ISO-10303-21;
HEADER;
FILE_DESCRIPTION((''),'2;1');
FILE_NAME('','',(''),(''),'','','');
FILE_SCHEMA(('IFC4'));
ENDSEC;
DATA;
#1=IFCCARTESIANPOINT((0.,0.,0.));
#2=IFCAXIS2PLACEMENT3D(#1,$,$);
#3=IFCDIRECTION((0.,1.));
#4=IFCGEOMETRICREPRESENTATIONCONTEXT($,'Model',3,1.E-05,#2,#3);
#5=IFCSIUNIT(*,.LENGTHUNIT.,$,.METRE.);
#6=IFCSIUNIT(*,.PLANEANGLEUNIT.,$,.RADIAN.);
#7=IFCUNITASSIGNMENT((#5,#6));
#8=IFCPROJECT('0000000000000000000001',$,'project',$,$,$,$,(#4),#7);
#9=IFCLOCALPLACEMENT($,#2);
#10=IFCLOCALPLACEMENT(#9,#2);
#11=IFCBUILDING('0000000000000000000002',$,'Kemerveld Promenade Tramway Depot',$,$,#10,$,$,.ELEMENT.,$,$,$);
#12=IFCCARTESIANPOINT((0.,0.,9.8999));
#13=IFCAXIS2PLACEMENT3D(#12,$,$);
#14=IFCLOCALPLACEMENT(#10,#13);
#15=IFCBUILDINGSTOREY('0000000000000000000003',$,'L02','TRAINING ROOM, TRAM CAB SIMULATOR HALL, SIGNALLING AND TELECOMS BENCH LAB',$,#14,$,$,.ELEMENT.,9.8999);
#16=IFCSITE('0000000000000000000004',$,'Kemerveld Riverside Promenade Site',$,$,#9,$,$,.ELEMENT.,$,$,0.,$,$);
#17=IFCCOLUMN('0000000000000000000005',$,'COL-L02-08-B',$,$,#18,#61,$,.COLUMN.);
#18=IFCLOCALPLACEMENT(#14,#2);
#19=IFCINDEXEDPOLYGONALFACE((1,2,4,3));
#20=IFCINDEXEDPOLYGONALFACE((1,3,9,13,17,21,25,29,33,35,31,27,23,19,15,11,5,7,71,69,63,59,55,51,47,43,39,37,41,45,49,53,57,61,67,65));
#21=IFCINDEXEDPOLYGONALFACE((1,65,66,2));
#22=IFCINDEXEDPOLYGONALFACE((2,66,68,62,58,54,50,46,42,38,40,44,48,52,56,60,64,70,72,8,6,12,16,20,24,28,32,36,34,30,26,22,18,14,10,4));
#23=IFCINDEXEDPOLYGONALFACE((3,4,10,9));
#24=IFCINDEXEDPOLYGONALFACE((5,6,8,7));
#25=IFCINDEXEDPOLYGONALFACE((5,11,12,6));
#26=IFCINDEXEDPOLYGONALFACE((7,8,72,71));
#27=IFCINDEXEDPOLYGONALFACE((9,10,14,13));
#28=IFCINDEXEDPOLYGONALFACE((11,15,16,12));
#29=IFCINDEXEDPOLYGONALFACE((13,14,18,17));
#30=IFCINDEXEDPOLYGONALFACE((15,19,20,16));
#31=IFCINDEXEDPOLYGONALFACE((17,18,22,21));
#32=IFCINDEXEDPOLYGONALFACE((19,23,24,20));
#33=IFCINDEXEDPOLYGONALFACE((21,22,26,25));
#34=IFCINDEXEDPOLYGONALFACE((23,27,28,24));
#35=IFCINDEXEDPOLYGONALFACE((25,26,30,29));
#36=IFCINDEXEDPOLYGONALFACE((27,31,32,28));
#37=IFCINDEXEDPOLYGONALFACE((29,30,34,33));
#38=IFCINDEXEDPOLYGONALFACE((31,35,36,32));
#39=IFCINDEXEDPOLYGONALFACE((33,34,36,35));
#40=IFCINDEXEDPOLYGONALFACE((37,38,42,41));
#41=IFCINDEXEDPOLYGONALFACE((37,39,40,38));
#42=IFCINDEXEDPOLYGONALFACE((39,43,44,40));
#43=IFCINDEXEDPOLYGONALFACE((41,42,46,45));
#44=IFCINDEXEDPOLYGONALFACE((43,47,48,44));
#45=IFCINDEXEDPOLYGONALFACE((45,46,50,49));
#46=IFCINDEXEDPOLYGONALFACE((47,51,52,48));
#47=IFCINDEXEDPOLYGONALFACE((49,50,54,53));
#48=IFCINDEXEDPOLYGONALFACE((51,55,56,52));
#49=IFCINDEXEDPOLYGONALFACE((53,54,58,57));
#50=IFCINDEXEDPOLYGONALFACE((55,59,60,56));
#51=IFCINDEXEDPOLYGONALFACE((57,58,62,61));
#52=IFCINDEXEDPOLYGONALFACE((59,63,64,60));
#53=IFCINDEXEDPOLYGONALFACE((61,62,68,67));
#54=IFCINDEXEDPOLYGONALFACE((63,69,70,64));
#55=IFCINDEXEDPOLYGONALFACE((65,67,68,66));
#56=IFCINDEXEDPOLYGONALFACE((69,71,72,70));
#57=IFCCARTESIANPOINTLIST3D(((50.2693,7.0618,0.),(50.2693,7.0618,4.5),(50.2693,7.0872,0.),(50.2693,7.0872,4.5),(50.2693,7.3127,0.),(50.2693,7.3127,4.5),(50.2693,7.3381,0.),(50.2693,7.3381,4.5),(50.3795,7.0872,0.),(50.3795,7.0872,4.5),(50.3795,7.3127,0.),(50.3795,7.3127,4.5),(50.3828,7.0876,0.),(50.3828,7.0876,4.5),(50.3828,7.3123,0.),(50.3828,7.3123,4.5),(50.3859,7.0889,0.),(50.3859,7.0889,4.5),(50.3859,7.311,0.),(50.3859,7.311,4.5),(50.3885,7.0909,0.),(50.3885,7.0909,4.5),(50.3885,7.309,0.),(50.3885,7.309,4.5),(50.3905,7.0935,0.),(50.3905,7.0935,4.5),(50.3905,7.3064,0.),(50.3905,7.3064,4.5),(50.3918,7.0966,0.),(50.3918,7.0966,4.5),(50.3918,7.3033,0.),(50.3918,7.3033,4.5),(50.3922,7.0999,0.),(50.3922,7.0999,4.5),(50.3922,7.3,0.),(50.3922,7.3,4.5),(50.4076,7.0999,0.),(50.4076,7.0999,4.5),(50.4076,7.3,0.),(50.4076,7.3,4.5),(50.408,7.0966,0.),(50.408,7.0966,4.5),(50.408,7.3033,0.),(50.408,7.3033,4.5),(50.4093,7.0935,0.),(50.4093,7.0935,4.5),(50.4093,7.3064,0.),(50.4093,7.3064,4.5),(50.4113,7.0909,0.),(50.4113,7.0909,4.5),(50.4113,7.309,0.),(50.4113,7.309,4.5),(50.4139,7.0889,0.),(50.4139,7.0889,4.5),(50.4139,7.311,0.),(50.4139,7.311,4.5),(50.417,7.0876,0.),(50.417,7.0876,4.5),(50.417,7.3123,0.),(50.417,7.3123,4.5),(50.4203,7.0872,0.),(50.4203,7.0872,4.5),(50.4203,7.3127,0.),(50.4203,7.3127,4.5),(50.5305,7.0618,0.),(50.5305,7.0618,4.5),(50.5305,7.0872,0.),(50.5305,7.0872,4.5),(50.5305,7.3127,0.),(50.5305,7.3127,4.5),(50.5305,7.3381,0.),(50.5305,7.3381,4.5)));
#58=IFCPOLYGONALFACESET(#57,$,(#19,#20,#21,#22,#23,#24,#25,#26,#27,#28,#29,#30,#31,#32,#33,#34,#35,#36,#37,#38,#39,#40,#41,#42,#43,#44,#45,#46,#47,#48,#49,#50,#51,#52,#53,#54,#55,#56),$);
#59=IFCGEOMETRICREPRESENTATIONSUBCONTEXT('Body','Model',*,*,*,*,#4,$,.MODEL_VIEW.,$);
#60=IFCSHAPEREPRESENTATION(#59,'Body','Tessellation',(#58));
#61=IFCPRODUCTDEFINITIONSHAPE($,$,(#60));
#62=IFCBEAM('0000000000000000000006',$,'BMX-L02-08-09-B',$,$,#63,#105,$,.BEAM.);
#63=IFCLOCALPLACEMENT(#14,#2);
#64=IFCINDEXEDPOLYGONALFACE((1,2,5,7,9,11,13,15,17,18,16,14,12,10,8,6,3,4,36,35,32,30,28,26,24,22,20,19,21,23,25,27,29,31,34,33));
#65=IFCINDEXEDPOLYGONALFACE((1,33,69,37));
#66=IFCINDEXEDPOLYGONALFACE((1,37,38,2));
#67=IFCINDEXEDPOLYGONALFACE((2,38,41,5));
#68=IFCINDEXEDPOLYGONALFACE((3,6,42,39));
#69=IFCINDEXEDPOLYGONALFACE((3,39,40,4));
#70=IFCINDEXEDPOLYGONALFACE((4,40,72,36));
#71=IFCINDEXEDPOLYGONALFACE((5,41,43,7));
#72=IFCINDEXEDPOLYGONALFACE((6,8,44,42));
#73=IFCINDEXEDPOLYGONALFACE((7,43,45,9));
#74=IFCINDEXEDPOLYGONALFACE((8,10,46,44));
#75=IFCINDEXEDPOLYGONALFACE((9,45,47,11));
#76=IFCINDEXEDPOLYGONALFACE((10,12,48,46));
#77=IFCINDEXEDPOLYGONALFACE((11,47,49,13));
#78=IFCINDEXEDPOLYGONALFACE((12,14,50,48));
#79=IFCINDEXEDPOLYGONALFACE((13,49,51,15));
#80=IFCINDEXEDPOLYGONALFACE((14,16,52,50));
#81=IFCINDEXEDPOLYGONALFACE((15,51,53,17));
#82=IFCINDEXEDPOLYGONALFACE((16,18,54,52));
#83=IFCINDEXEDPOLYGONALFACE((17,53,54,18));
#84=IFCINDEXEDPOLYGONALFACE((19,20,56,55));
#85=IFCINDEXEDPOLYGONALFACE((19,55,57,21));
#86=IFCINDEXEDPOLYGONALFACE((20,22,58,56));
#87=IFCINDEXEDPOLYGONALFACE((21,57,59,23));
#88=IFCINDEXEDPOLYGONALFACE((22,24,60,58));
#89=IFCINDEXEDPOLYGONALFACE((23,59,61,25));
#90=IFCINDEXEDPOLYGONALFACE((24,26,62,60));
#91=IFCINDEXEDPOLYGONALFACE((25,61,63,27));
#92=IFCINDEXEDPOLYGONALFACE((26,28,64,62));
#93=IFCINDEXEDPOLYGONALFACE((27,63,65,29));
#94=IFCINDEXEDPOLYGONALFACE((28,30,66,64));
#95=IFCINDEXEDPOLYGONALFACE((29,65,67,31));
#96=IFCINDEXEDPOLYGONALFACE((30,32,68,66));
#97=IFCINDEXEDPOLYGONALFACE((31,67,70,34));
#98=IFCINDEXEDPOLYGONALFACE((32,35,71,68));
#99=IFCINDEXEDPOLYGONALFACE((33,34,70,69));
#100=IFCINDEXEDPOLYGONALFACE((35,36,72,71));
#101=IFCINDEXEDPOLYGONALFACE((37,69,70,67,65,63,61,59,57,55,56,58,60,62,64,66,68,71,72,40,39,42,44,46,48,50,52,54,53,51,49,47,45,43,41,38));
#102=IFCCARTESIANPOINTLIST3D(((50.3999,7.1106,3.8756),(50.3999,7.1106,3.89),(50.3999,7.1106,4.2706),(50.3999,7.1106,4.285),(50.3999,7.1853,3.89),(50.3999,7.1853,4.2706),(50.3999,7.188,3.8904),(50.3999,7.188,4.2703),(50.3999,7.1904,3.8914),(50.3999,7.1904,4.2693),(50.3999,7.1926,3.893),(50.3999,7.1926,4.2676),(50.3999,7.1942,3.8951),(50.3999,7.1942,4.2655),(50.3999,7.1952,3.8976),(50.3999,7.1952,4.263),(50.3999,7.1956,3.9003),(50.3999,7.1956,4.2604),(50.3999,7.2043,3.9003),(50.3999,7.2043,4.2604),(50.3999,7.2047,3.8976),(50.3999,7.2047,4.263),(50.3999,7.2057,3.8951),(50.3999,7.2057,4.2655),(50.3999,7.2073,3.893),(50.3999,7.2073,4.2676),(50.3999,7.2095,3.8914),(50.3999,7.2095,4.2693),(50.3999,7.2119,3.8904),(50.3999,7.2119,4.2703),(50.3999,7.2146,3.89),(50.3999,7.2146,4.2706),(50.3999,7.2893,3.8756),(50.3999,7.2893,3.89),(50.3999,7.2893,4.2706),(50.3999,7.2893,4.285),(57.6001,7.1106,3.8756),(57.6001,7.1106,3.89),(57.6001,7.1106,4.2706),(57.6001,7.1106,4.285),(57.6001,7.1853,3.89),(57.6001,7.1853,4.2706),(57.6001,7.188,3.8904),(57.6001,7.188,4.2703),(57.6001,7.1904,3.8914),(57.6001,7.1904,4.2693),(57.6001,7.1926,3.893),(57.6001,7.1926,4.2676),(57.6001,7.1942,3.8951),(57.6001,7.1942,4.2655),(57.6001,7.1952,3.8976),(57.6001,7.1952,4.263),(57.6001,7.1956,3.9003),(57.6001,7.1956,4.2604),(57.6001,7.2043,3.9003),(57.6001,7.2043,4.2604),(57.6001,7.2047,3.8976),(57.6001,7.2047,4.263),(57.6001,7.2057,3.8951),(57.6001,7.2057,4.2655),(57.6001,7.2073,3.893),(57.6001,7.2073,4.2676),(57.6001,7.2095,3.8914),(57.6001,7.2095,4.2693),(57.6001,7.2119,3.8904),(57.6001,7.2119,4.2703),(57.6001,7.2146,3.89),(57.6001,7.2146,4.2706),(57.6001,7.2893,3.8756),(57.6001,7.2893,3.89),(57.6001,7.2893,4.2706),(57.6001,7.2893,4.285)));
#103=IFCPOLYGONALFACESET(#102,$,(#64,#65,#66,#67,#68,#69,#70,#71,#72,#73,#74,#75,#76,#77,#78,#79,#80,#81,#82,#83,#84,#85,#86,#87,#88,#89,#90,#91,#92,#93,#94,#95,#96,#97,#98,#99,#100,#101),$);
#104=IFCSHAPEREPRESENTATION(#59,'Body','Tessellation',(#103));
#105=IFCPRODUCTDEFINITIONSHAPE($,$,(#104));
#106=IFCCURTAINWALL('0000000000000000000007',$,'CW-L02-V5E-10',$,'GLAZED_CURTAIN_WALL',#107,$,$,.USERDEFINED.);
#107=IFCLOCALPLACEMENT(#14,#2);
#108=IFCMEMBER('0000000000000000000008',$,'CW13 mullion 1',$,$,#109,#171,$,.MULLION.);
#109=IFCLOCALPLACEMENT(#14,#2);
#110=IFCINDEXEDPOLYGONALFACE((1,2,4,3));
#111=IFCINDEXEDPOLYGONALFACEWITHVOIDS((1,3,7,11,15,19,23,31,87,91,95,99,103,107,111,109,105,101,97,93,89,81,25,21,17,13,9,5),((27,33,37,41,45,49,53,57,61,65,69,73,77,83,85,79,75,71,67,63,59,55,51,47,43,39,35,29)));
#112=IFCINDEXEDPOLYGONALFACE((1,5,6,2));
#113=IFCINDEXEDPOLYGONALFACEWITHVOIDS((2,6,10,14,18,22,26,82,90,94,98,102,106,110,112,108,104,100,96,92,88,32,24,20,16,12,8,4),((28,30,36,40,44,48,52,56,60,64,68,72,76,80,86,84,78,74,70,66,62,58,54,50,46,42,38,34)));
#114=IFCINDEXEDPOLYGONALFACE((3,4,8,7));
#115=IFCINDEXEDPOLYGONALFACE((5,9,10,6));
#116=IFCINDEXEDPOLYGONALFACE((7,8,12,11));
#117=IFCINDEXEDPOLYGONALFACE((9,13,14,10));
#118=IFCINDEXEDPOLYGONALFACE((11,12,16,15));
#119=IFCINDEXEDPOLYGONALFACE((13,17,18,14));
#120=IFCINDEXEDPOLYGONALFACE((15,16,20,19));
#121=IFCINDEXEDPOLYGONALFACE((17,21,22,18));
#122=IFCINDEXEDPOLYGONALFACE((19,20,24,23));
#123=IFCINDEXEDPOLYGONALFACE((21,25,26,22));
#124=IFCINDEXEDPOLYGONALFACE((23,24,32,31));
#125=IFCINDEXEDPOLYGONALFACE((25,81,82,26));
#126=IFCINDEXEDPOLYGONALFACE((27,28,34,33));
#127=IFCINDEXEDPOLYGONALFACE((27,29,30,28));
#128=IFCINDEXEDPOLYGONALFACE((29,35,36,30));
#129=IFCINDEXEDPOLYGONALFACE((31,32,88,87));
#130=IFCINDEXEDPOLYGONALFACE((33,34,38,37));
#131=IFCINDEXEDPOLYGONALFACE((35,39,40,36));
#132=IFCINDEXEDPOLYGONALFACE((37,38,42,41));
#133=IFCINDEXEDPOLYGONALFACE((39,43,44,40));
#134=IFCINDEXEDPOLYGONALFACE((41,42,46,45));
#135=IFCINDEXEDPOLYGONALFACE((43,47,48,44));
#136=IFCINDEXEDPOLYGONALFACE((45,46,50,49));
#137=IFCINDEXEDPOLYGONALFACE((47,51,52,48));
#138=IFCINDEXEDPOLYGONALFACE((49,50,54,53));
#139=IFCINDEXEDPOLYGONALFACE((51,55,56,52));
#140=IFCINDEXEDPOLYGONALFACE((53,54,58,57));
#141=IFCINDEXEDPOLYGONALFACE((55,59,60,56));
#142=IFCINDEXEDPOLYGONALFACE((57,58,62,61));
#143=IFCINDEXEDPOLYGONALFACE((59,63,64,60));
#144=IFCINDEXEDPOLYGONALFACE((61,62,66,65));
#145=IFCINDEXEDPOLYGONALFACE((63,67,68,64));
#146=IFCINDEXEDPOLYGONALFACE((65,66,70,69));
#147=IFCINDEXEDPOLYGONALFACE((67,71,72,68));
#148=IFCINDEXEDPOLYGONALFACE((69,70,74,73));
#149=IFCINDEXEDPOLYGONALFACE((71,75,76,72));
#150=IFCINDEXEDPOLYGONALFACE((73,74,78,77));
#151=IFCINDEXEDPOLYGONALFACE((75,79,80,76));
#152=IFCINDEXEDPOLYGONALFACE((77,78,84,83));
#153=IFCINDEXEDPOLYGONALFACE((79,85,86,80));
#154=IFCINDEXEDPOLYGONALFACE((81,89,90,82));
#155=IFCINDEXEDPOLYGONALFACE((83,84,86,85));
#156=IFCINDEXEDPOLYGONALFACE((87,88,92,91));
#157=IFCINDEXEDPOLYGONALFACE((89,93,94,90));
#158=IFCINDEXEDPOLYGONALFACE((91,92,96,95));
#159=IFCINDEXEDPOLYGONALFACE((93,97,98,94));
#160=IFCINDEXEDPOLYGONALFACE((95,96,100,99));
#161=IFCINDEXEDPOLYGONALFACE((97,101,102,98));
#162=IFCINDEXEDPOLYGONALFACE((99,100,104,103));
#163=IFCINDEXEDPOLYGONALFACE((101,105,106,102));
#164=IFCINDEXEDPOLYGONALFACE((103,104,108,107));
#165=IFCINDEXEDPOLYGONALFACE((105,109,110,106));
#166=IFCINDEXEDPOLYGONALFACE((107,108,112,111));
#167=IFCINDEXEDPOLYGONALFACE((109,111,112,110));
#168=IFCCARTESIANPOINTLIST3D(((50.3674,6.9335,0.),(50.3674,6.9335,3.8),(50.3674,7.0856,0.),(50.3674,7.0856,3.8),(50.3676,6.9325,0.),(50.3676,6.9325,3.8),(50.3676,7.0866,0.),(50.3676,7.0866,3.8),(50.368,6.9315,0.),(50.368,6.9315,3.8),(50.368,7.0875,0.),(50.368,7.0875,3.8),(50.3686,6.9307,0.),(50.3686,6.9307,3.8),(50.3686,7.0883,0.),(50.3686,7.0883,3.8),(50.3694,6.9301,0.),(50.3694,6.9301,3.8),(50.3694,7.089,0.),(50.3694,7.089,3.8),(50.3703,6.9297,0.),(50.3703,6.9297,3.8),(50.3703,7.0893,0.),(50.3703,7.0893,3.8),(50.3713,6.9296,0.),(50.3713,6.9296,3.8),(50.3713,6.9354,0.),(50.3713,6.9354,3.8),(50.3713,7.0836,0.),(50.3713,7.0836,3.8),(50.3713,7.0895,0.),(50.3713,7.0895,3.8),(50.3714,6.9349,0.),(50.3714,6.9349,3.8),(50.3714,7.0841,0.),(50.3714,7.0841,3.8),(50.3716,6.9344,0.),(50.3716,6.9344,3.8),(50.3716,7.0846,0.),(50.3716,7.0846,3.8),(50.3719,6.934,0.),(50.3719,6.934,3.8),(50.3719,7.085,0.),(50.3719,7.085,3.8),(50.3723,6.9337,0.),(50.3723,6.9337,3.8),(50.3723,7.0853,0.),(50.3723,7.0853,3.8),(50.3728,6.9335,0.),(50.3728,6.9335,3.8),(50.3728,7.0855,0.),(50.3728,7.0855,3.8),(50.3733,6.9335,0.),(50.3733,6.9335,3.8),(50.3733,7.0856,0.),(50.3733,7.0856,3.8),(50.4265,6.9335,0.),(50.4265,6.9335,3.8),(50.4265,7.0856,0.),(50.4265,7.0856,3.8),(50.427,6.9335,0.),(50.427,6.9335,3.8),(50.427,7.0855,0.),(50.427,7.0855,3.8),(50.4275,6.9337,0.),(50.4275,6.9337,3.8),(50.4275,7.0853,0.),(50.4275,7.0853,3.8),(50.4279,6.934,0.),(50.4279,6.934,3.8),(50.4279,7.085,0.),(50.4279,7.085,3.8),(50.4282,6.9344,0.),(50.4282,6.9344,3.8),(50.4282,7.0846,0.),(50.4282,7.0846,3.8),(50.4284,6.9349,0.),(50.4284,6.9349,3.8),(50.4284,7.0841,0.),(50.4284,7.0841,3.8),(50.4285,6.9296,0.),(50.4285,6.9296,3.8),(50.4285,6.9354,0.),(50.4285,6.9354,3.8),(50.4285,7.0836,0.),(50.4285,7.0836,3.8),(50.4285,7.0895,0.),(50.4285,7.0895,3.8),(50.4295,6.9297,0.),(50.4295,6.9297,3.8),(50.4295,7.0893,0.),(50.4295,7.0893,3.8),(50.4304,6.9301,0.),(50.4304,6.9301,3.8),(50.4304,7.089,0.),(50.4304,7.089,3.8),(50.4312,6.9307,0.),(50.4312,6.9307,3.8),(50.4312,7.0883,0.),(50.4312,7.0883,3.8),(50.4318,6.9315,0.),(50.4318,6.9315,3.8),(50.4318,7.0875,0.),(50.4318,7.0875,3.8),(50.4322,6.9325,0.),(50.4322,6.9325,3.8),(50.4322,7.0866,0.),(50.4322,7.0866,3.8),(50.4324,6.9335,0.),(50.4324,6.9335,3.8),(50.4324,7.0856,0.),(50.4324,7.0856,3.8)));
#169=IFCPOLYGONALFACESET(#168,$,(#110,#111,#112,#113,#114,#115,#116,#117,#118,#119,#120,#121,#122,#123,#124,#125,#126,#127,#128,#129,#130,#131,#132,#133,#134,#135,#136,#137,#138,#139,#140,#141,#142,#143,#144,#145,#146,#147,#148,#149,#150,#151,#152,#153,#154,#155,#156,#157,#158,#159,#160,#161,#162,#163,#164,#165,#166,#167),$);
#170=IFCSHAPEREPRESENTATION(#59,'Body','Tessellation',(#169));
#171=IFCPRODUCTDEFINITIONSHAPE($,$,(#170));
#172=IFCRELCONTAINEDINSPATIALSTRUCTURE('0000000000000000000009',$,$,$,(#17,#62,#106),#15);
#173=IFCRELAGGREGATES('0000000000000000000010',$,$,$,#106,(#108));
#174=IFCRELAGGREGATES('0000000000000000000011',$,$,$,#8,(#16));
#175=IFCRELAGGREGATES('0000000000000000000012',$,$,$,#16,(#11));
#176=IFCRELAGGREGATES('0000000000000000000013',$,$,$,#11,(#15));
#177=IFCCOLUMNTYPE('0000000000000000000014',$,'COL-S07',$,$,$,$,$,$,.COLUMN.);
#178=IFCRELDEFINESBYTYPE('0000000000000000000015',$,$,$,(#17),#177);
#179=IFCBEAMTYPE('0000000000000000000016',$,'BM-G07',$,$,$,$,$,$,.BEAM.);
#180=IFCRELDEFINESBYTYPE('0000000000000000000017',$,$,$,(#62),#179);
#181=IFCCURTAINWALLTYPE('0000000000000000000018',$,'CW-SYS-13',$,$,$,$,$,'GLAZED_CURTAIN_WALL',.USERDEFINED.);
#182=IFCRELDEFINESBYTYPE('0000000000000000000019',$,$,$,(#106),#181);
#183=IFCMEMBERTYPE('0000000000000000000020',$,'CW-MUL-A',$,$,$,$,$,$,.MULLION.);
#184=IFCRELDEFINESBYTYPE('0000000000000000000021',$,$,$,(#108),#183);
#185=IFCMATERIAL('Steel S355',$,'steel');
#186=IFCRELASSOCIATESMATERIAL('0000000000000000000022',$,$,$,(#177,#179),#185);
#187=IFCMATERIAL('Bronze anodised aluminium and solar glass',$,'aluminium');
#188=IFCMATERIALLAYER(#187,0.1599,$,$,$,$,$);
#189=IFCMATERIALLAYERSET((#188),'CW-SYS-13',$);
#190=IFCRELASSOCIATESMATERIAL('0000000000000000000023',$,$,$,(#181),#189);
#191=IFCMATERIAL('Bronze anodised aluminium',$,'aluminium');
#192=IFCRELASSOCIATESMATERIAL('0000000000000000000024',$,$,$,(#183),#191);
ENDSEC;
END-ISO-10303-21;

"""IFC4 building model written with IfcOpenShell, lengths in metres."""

from ifc_helpers import new_model, si_unit, direction, frame, origin, origin_2d, place, context, subcontext, project, spatial, hollow_rectangle, i_section, extrude, material, layer, layer_set, material_profile, profile_set, type_object, element, aggregate, save


model = new_model("IFC4")

# Units and contexts
model_context = context("Model", 3, precision=1e-05, world=origin(), true_north=direction((0.0, 1.0)))
body_context = subcontext(model_context, "Body", "Model", "MODEL_VIEW")
ifc_project = project(units=[si_unit("LENGTHUNIT", "METRE"), si_unit("PLANEANGLEUNIT", "RADIAN")], contexts=[model_context])

# Site, building, storey
site_placement = place(None, origin())
site = spatial("IfcSite", under=ifc_project, at=site_placement, Name="Kemerveld Riverside Promenade Site", CompositionType="ELEMENT", RefElevation=0.0)
building_placement = place(site_placement, origin())
building = spatial("IfcBuilding", under=site, at=building_placement, Name="Kemerveld Promenade Tramway Depot", CompositionType="ELEMENT")
storey_placement = place(building_placement, frame((0.0, 0.0, 9.8999)))
storey = spatial("IfcBuildingStorey", under=building, at=storey_placement, Name="L02", Description="TRAINING ROOM, TRAM CAB SIMULATOR HALL, SIGNALLING AND TELECOMS BENCH LAB", CompositionType="ELEMENT", Elevation=9.8999)

# Column
ifc_material_1 = material(Name="Steel S355", Category="steel")
ifc_material_profile_1 = material_profile(ifc_material_1, i_section(OverallWidth=0.2612, OverallDepth=0.2764, WebThickness=0.0154, FlangeThickness=0.0254, FilletRadius=0.0127, at=origin_2d()), Name="254x254x132 UC")
ifc_profile_set_1 = profile_set([ifc_material_profile_1], Name="Steel S355")
column_type = type_object("IfcColumnType", Name="COL-S07", PredefinedType="COLUMN", material=ifc_profile_set_1)
column_placement = place(storey_placement, frame((50.3999, 7.2, 0.0), z_axis=(0.0, 0.0, 1.0), x_axis=(1.0, 0.0, 0.0)))
element("IfcColumn", 1, at=column_placement, inside=storey, type_object=column_type, Name="COL-L02-08-B", PredefinedType="COLUMN", context=body_context, shape_type="SweptSolid", body=[
    extrude(i_section(OverallWidth=0.2612, OverallDepth=0.2764, WebThickness=0.0154, FlangeThickness=0.0254, FilletRadius=0.0127, at=origin_2d()), origin(), (0.0, 0.0, 1.0), 4.5),
])

# Beam
ifc_material_profile_2 = material_profile(ifc_material_1, i_section(OverallWidth=0.1787, OverallDepth=0.4094, WebThickness=0.0088, FlangeThickness=0.0144, FilletRadius=0.0103, at=origin_2d()), Name="406x178x67 UB")
ifc_profile_set_2 = profile_set([ifc_material_profile_2], Name="Steel S355")
beam_type = type_object("IfcBeamType", Name="BM-G07", PredefinedType="BEAM", material=ifc_profile_set_2)
beam_placement = place(storey_placement, frame((50.3999, 7.2, 4.0803), z_axis=(1.0, 0.0, 0.0), x_axis=(0.0, 1.0, 0.0)))
element("IfcBeam", 2, at=beam_placement, inside=storey, type_object=beam_type, Name="BMX-L02-08-09-B", PredefinedType="BEAM", context=body_context, shape_type="SweptSolid", body=[
    extrude(i_section(OverallWidth=0.1787, OverallDepth=0.4094, WebThickness=0.0088, FlangeThickness=0.0144, FilletRadius=0.0103, at=origin_2d()), origin(), (0.0, 0.0, 1.0), 7.2002),
])

# Curtain wall, member
ifc_material_2 = material(Name="Bronze anodised aluminium and solar glass", Category="aluminium")
ifc_layer_1 = layer(ifc_material_2, 0.1599)
ifc_layer_set_1 = layer_set([ifc_layer_1], Name="CW-SYS-13")
curtain_wall_type = type_object("IfcCurtainWallType", Name="CW-SYS-13", ElementType="GLAZED_CURTAIN_WALL", PredefinedType="USERDEFINED", material=ifc_layer_set_1)
curtain_wall_placement = place(storey_placement, origin())
curtain_wall = element("IfcCurtainWall", 3, at=curtain_wall_placement, inside=storey, type_object=curtain_wall_type, Name="CW-L02-V5E-10", ObjectType="GLAZED_CURTAIN_WALL", PredefinedType="USERDEFINED")
ifc_material_3 = material(Name="Bronze anodised aluminium", Category="aluminium")
ifc_material_profile_3 = material_profile(ifc_material_3, hollow_rectangle(XDim=0.0649, YDim=0.1599, WallThickness=0.0039, InnerFilletRadius=0.002, OuterFilletRadius=0.0039, at=origin_2d()), Name="CW-MUL-160x65")
ifc_profile_set_3 = profile_set([ifc_material_profile_3], Name="Bronze anodised aluminium")
member_type_1 = type_object("IfcMemberType", Name="CW-MUL-A", PredefinedType="MULLION", material=ifc_profile_set_3)
member_1_placement = place(storey_placement, frame((50.3999, 7.0095, 0.0), z_axis=(0.0, 0.0, 1.0), x_axis=(1.0, 0.0, 0.0)))
member_1 = element("IfcMember", 4, at=member_1_placement, type_object=member_type_1, Name="CW13 mullion 1", PredefinedType="MULLION", context=body_context, shape_type="SweptSolid", body=[
    extrude(hollow_rectangle(XDim=0.0649, YDim=0.1599, WallThickness=0.0039, InnerFilletRadius=0.002, OuterFilletRadius=0.0039, at=origin_2d()), origin(), (0.0, 0.0, 1.0), 3.8),
])
aggregate(curtain_wall, [member_1])

save(model, "model.ifc")
